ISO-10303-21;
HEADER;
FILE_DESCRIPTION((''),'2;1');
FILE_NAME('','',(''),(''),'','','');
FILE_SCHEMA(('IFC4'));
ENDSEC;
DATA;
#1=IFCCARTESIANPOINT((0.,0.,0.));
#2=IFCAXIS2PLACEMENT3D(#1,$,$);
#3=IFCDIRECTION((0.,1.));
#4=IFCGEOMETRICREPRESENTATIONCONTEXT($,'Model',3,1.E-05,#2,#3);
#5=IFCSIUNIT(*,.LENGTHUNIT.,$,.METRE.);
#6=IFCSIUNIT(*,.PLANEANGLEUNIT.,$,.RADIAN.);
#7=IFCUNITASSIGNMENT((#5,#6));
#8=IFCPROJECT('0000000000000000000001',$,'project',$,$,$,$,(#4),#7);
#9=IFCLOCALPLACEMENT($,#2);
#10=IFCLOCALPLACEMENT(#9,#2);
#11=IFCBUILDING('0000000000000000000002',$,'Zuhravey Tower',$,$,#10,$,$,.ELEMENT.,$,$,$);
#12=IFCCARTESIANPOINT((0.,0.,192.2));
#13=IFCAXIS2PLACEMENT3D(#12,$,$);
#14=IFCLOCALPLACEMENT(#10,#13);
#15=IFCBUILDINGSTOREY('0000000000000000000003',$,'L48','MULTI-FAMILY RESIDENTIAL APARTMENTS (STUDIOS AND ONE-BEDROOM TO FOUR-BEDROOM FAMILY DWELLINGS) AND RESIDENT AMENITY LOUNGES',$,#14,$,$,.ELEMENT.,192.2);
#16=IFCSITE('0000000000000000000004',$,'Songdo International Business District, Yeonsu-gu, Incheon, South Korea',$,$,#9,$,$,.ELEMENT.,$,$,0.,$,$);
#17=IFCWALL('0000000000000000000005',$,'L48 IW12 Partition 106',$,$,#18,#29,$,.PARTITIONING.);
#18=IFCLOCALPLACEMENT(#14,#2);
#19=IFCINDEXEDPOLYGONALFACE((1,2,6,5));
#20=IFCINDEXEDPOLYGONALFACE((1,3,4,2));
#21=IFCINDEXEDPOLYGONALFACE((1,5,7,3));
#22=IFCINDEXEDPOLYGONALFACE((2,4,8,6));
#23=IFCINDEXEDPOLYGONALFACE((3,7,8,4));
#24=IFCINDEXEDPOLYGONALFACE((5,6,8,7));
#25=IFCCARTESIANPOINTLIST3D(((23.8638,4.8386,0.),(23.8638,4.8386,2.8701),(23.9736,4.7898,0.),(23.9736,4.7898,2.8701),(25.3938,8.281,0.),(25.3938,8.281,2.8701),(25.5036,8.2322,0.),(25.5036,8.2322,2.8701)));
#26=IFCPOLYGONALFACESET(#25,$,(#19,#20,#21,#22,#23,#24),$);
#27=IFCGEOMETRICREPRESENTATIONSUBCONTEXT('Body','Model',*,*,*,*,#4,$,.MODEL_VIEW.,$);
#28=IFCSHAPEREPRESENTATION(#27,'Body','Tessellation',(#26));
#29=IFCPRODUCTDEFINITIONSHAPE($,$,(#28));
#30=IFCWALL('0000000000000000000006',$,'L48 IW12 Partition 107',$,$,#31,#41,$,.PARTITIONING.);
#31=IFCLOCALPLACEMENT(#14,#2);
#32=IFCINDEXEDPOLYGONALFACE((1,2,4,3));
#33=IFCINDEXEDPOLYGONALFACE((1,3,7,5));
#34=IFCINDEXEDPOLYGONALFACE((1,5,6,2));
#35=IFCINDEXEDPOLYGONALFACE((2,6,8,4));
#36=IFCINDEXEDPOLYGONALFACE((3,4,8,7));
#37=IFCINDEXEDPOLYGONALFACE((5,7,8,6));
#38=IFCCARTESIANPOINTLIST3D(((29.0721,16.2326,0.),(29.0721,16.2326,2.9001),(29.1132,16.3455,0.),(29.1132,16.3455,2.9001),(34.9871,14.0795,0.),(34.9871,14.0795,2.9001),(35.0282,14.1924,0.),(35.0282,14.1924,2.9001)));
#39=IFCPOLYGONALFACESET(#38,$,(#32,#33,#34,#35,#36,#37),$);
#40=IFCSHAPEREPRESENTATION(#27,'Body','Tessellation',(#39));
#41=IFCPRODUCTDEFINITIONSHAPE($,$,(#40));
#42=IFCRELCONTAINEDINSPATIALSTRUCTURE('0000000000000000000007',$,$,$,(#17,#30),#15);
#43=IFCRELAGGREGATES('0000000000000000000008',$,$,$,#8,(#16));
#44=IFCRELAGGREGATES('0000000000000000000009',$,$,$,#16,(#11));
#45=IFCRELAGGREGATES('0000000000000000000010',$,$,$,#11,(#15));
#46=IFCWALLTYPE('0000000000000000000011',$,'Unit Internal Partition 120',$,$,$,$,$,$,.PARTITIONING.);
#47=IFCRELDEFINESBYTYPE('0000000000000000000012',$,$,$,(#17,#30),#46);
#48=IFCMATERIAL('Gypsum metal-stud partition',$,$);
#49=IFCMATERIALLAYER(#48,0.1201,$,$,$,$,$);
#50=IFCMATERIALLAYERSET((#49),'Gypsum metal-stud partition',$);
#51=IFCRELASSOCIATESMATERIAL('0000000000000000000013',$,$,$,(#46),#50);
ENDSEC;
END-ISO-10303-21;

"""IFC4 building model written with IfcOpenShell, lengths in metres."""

from ifc_helpers import new_model, si_unit, direction, frame, frame_2d, origin, place, context, subcontext, project, spatial, rectangle, extrude, material, layer, layer_set, type_object, element, save


model = new_model("IFC4")

# Units and contexts
model_context = context("Model", 3, precision=1e-05, world=origin(), true_north=direction((0.0, 1.0)))
body_context = subcontext(model_context, "Body", "Model", "MODEL_VIEW")
ifc_project = project(units=[si_unit("LENGTHUNIT", "METRE"), si_unit("PLANEANGLEUNIT", "RADIAN")], contexts=[model_context])

# Site, building, storey
site_placement = place(None, origin())
site = spatial("IfcSite", under=ifc_project, at=site_placement, Name="Songdo International Business District, Yeonsu-gu, Incheon, South Korea", CompositionType="ELEMENT", RefElevation=0.0)
building_placement = place(site_placement, origin())
building = spatial("IfcBuilding", under=site, at=building_placement, Name="Zuhravey Tower", CompositionType="ELEMENT")
storey_placement = place(building_placement, frame((0.0, 0.0, 192.2)))
storey = spatial("IfcBuildingStorey", under=building, at=storey_placement, Name="L48", Description="MULTI-FAMILY RESIDENTIAL APARTMENTS (STUDIOS AND ONE-BEDROOM TO FOUR-BEDROOM FAMILY DWELLINGS) AND RESIDENT AMENITY LOUNGES", CompositionType="ELEMENT", Elevation=192.2)

# Shared definitions
ifc_material_1 = material(Name="Gypsum metal-stud partition")
ifc_layer_1 = layer(ifc_material_1, 0.1201)
ifc_layer_set_1 = layer_set([ifc_layer_1], Name="Gypsum metal-stud partition")
wall_type_1 = type_object("IfcWallType", Name="Unit Internal Partition 120", PredefinedType="PARTITIONING", material=ifc_layer_set_1)

# Walls
wall_1_placement = place(storey_placement, frame((25.4487, 8.2566, 0.0), z_axis=(0.0, 0.0, 1.0), x_axis=(-0.406157, -0.913804, 0.0)))
element("IfcWall", 1, at=wall_1_placement, inside=storey, type_object=wall_type_1, Name="L48 IW12 Partition 106", PredefinedType="PARTITIONING", context=body_context, shape_type="SweptSolid", body=[
    extrude(rectangle(XDim=3.7671, YDim=0.1201, at=frame_2d((1.8835, 0.0))), origin(), (0.0, 0.0, 1.0), 2.8701),
])
wall_2_placement = place(storey_placement, frame((29.0925, 16.2891, 0.0), z_axis=(0.0, 0.0, 1.0), x_axis=(0.939684, -0.342045, 0.0)))
element("IfcWall", 2, at=wall_2_placement, inside=storey, type_object=wall_type_1, Name="L48 IW12 Partition 107", PredefinedType="PARTITIONING", context=body_context, shape_type="SweptSolid", body=[
    extrude(rectangle(XDim=6.2947, YDim=0.1201, at=frame_2d((3.1475, 0.0))), origin(), (0.0, 0.0, 1.0), 2.9001),
])

save(model, "model.ifc")
